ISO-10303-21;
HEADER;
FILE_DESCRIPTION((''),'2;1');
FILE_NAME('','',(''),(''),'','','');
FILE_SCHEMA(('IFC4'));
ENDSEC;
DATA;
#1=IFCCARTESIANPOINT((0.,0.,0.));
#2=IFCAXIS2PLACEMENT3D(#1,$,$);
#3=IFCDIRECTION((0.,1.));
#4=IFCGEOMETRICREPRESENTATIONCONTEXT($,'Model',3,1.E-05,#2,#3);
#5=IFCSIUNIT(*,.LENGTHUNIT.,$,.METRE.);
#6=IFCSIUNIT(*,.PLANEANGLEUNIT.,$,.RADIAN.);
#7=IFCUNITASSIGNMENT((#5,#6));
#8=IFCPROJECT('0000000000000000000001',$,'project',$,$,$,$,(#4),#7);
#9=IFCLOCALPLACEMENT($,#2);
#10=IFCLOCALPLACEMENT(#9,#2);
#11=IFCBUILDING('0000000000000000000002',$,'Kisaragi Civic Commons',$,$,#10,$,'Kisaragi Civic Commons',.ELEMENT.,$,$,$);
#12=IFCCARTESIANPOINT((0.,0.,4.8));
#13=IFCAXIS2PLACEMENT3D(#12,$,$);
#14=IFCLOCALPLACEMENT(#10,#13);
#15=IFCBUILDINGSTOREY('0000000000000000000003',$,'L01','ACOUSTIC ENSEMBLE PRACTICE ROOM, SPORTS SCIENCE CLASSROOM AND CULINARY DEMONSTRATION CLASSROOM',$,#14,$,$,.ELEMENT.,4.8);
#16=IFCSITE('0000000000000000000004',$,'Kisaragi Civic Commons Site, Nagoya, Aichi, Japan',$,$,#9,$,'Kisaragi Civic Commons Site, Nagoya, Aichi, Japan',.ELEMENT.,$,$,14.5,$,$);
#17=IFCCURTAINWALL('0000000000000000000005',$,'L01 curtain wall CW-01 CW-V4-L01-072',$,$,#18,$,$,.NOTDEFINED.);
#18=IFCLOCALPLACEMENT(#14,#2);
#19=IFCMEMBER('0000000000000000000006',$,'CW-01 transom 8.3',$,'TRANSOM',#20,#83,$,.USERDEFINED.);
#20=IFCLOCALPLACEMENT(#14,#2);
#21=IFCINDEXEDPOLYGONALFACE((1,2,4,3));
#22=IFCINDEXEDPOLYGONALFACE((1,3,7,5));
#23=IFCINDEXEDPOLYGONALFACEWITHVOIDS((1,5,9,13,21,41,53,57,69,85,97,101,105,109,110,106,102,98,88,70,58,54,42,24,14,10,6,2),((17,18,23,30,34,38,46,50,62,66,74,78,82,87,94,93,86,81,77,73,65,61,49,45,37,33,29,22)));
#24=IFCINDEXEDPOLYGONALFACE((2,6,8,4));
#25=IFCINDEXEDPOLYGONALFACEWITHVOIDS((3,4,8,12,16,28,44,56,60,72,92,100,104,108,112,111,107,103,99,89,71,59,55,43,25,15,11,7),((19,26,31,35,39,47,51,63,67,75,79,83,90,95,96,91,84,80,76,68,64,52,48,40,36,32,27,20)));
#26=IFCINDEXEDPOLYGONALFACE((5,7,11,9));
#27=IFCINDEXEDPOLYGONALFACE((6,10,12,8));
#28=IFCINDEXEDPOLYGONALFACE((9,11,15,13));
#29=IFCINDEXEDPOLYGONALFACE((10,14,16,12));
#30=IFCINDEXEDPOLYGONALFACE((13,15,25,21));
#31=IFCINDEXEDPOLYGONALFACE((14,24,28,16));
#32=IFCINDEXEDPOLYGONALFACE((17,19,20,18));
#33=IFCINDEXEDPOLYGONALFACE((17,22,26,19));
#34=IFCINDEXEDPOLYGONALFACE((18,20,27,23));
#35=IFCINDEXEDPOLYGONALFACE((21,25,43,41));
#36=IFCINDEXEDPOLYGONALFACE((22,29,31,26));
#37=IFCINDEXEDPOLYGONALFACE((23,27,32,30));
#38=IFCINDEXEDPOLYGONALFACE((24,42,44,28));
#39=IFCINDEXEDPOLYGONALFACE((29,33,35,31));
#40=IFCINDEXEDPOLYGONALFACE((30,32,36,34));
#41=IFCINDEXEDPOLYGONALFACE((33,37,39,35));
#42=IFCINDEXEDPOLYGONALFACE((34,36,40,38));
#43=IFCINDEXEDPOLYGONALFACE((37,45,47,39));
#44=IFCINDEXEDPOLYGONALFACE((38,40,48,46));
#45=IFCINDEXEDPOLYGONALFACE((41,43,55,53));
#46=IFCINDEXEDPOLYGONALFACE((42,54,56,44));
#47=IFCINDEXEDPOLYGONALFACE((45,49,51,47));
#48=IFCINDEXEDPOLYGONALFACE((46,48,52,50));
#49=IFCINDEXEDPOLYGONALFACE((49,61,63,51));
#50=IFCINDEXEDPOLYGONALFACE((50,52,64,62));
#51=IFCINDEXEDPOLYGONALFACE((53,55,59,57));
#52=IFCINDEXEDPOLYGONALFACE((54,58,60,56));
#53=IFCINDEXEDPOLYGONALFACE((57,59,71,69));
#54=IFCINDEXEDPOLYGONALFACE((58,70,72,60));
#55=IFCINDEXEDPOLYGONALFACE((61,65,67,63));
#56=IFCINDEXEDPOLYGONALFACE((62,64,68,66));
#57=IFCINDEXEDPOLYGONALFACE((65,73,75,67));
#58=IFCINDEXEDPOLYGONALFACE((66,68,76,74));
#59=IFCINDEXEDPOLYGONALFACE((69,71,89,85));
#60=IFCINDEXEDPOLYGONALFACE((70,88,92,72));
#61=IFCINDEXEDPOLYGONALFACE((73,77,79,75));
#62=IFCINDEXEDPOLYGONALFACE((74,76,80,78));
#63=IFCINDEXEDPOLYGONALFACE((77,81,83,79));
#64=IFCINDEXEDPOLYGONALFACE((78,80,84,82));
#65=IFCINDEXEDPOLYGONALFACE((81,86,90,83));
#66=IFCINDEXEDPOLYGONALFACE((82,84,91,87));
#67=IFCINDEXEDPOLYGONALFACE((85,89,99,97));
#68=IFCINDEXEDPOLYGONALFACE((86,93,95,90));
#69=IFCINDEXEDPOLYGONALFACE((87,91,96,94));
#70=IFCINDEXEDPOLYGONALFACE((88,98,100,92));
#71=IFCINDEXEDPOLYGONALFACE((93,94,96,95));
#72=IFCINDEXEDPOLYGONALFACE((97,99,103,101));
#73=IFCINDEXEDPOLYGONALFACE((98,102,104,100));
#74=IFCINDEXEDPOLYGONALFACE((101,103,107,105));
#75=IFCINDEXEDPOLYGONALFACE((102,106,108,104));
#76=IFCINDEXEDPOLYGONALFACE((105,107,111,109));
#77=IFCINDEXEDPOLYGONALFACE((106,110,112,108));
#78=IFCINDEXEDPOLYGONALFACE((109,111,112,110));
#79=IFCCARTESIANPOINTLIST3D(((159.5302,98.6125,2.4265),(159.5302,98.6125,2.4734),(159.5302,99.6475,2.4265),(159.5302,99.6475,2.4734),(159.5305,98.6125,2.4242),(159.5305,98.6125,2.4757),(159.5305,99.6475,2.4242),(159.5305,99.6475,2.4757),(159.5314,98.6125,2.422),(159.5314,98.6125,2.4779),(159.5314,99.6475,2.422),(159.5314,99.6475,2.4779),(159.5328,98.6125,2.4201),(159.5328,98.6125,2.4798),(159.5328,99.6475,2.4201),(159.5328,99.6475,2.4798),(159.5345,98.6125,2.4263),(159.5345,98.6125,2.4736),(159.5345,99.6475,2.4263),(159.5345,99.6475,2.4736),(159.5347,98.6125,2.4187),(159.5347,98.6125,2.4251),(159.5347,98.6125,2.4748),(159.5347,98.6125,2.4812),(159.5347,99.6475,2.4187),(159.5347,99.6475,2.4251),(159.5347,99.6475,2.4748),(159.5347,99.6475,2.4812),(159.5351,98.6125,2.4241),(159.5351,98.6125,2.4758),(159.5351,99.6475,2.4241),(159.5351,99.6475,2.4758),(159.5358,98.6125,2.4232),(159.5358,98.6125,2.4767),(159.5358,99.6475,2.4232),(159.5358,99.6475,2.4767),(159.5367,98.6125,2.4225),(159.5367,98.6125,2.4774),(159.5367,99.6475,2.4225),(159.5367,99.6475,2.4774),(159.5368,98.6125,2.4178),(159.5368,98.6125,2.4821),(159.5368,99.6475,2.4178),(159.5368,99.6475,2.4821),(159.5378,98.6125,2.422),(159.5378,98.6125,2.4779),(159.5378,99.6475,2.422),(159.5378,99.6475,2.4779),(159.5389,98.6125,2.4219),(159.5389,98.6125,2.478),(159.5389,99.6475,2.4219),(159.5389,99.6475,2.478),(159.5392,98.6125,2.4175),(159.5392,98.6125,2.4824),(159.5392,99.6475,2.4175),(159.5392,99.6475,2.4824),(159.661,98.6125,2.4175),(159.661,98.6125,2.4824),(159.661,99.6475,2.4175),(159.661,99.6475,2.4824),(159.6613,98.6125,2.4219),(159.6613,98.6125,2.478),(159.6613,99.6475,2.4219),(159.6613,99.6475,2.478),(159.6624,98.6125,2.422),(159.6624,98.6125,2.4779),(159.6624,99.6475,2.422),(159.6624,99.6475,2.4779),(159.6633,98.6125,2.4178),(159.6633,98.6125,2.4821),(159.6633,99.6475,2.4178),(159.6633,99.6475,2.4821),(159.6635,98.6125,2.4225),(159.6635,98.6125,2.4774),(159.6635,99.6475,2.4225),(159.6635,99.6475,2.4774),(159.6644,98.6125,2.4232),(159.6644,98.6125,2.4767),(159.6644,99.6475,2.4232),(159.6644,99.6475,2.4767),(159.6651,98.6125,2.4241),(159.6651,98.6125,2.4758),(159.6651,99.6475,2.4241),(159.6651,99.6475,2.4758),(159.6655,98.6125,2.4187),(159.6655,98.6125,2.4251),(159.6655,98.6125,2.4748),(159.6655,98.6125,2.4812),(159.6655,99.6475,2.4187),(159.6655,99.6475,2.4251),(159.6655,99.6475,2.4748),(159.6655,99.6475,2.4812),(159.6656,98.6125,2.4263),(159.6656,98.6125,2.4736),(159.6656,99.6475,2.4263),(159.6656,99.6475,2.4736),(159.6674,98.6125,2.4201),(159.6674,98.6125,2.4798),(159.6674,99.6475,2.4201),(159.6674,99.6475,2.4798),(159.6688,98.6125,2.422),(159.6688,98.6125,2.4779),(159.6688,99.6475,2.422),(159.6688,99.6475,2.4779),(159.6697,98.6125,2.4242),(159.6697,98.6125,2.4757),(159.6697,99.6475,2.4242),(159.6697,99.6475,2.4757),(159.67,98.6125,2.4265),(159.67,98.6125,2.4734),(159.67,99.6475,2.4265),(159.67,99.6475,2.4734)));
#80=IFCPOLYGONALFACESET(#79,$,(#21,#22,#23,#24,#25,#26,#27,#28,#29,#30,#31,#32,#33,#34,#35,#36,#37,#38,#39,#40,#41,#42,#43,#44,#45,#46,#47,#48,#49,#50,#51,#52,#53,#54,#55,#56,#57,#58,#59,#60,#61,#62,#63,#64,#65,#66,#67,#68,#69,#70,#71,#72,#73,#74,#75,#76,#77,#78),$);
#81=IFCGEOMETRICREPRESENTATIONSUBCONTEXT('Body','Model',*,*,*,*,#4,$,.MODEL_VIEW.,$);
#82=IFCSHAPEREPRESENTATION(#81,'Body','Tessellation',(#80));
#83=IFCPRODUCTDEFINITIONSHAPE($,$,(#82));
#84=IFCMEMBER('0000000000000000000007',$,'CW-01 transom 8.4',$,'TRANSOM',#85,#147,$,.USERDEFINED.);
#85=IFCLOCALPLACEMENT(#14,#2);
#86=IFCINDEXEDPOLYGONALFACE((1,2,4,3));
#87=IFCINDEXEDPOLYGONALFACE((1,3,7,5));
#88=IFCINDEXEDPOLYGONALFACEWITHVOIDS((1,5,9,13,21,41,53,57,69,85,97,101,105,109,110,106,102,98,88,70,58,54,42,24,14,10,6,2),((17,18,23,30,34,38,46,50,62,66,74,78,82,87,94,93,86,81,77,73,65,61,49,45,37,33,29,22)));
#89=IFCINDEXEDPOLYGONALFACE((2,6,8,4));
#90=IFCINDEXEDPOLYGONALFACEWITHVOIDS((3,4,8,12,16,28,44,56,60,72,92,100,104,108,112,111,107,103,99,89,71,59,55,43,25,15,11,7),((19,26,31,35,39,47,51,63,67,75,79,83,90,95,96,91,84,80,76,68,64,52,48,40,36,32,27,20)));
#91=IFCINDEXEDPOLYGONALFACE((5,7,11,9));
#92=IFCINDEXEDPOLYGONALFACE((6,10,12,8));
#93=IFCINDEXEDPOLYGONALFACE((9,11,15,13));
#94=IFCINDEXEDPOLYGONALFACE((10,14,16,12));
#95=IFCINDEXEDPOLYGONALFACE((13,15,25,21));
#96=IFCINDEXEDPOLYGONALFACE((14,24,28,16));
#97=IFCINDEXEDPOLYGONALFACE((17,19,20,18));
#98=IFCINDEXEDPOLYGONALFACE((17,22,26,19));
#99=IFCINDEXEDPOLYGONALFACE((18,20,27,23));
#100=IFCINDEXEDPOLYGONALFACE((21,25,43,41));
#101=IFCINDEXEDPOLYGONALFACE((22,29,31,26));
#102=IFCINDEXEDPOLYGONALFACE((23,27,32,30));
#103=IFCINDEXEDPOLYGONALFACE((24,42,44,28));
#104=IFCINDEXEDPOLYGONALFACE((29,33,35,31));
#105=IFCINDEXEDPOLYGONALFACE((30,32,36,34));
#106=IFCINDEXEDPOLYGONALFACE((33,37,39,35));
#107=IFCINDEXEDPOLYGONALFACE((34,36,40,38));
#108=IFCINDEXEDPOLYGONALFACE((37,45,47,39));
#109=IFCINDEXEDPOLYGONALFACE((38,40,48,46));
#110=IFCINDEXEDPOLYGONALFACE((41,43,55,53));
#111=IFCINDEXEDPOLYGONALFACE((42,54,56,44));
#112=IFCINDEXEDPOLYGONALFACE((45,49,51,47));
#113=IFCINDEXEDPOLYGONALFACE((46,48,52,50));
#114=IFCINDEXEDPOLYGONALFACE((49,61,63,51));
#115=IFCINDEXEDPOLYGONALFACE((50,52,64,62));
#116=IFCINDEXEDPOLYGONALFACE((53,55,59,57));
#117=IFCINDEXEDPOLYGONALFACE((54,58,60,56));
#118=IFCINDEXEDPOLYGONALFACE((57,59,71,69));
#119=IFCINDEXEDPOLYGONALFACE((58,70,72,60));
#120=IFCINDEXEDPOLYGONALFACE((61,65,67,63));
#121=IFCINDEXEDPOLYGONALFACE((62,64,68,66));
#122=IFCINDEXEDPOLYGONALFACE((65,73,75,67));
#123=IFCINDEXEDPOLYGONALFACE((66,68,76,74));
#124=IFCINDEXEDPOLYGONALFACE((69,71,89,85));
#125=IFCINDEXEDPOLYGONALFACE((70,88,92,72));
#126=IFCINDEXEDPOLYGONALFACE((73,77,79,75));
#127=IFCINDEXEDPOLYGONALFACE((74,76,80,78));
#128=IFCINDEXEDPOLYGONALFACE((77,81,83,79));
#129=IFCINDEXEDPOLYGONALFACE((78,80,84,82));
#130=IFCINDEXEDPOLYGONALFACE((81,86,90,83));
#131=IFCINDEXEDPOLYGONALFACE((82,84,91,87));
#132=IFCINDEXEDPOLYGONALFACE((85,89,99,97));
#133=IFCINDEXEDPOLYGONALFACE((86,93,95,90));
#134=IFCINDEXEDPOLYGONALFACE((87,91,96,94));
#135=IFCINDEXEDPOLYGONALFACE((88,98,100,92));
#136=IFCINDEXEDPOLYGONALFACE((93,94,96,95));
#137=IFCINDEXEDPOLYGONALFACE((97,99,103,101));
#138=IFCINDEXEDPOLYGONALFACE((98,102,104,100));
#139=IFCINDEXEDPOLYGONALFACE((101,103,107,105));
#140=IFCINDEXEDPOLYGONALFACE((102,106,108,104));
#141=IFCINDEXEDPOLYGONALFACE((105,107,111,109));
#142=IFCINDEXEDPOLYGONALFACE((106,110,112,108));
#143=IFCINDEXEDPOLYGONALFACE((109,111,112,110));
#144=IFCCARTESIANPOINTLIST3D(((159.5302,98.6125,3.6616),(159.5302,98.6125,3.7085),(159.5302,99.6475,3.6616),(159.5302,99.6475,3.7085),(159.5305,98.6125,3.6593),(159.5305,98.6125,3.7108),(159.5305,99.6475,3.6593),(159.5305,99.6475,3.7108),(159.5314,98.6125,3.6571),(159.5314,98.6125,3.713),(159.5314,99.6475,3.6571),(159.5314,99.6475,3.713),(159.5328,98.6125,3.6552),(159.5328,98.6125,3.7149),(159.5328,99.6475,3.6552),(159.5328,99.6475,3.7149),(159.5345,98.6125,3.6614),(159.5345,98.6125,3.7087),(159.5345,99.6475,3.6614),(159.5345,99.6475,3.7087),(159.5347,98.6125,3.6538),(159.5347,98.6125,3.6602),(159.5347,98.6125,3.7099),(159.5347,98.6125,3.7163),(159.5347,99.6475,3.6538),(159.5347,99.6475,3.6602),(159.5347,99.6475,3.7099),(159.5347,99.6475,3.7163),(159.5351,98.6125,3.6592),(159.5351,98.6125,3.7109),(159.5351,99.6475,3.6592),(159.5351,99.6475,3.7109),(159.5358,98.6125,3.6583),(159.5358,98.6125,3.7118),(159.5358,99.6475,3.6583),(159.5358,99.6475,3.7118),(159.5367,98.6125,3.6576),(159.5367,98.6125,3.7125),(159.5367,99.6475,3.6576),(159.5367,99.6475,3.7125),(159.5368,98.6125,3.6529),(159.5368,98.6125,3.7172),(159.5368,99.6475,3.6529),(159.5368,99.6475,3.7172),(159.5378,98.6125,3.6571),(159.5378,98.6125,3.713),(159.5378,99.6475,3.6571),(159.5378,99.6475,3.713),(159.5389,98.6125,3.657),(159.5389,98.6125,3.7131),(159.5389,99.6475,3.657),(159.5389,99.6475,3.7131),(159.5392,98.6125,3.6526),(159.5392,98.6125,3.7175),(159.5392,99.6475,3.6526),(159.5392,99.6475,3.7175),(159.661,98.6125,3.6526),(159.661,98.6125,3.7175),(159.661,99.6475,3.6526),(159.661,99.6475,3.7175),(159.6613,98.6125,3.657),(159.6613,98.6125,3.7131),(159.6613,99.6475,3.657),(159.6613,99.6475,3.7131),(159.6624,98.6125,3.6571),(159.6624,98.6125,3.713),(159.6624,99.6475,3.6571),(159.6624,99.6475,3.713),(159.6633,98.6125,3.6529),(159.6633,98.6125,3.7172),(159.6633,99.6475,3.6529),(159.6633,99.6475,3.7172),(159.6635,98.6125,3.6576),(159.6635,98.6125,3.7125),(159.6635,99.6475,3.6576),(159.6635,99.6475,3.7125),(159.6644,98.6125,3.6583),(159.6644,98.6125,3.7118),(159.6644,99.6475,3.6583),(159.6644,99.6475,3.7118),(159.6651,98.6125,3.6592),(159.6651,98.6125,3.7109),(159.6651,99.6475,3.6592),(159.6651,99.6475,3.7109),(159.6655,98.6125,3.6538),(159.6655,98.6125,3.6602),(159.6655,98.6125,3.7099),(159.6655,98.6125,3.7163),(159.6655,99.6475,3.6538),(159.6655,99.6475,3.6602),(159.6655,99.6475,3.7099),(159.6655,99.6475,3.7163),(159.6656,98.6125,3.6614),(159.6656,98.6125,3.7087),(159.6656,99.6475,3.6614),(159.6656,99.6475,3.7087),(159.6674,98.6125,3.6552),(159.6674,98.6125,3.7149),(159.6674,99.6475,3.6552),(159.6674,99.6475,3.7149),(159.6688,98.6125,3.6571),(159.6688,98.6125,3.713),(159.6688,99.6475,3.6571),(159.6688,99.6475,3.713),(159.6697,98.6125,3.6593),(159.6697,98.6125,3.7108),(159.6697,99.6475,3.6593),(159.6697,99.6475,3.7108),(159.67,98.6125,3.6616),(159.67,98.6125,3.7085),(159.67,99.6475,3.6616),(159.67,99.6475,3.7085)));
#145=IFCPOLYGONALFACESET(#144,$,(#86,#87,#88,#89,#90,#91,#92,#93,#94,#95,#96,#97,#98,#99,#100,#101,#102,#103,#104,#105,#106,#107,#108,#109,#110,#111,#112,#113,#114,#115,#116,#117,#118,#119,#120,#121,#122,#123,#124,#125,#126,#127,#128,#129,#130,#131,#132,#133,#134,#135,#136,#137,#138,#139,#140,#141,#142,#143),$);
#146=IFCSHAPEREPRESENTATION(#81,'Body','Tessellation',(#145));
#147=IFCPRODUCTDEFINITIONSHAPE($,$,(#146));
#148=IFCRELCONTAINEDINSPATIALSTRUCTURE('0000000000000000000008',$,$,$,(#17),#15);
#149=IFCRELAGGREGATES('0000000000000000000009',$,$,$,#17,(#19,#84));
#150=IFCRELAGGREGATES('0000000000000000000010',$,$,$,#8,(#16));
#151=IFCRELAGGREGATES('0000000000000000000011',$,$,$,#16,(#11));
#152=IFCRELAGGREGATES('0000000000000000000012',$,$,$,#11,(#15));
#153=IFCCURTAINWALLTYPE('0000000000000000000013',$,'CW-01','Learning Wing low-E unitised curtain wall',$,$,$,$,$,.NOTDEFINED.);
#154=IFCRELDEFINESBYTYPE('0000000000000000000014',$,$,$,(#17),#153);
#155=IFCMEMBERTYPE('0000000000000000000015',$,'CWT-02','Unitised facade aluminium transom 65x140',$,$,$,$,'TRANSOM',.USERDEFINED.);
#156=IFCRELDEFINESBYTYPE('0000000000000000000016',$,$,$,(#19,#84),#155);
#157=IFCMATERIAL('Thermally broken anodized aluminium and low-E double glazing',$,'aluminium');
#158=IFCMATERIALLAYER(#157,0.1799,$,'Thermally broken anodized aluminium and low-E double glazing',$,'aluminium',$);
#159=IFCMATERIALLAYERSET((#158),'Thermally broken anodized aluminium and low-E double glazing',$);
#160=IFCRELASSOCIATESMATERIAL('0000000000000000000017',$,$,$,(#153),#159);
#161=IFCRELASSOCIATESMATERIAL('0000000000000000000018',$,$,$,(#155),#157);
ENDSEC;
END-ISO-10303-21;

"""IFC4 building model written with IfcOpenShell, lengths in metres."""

from ifc_helpers import new_model, si_unit, direction, frame, origin, origin_2d, place, context, subcontext, project, spatial, hollow_rectangle, extrude, material, layer, layer_set, material_profile, profile_set, type_object, element, aggregate, save


model = new_model("IFC4")

# Units and contexts
model_context = context("Model", 3, precision=1e-05, world=origin(), true_north=direction((0.0, 1.0)))
body_context = subcontext(model_context, "Body", "Model", "MODEL_VIEW")
ifc_project = project(units=[si_unit("LENGTHUNIT", "METRE"), si_unit("PLANEANGLEUNIT", "RADIAN")], contexts=[model_context])

# Site, building, storey
site_placement = place(None, origin())
site = spatial("IfcSite", under=ifc_project, at=site_placement, Name="Kisaragi Civic Commons Site, Nagoya, Aichi, Japan", LongName="Kisaragi Civic Commons Site, Nagoya, Aichi, Japan", CompositionType="ELEMENT", RefElevation=14.5)
building_placement = place(site_placement, origin())
building = spatial("IfcBuilding", under=site, at=building_placement, Name="Kisaragi Civic Commons", LongName="Kisaragi Civic Commons", CompositionType="ELEMENT")
storey_placement = place(building_placement, frame((0.0, 0.0, 4.8)))
storey = spatial("IfcBuildingStorey", under=building, at=storey_placement, Name="L01", Description="ACOUSTIC ENSEMBLE PRACTICE ROOM, SPORTS SCIENCE CLASSROOM AND CULINARY DEMONSTRATION CLASSROOM", CompositionType="ELEMENT", Elevation=4.8)

# Curtain wall, members
ifc_material = material(Name="Thermally broken anodized aluminium and low-E double glazing", Category="aluminium")
ifc_layer_1 = layer(ifc_material, 0.1799, Name="Thermally broken anodized aluminium and low-E double glazing", Category="aluminium")
ifc_layer_set_1 = layer_set([ifc_layer_1], Name="Thermally broken anodized aluminium and low-E double glazing")
curtain_wall_type = type_object("IfcCurtainWallType", Name="CW-01", Description="Learning Wing low-E unitised curtain wall", PredefinedType="NOTDEFINED", material=ifc_layer_set_1)
curtain_wall_placement = place(storey_placement, origin())
curtain_wall = element("IfcCurtainWall", 1, at=curtain_wall_placement, inside=storey, type_object=curtain_wall_type, Name="L01 curtain wall CW-01 CW-V4-L01-072", PredefinedType="NOTDEFINED")
ifc_material_profile_1 = material_profile(ifc_material, hollow_rectangle(XDim=0.1399, YDim=0.0649, WallThickness=0.0044, InnerFilletRadius=0.0044, OuterFilletRadius=0.009, at=origin_2d()), Name="CWT-65x140x4.5", Category="aluminium")
ifc_profile_set_1 = profile_set([ifc_material_profile_1], Name="Thermally broken anodized aluminium and low-E double glazing")
member_type_1 = type_object("IfcMemberType", Name="CWT-02", Description="Unitised facade aluminium transom 65x140", ElementType="TRANSOM", PredefinedType="USERDEFINED", material=ifc_profile_set_1)
member_1_placement = place(storey_placement, frame((159.6001, 99.6475, 2.45), z_axis=(0.0, -1.0, 0.0), x_axis=(1.0, 0.0, 0.0)))
member_1 = element("IfcMember", 2, at=member_1_placement, type_object=member_type_1, Name="CW-01 transom 8.3", ObjectType="TRANSOM", PredefinedType="USERDEFINED", context=body_context, shape_type="SweptSolid", body=[
    extrude(hollow_rectangle(XDim=0.1399, YDim=0.0649, WallThickness=0.0044, InnerFilletRadius=0.0044, OuterFilletRadius=0.009, at=origin_2d()), origin(), (0.0, 0.0, 1.0), 1.0349),
])
member_2_placement = place(storey_placement, frame((159.6001, 99.6475, 3.6851), z_axis=(0.0, -1.0, 0.0), x_axis=(1.0, 0.0, 0.0)))
member_2 = element("IfcMember", 3, at=member_2_placement, type_object=member_type_1, Name="CW-01 transom 8.4", ObjectType="TRANSOM", PredefinedType="USERDEFINED", context=body_context, shape_type="SweptSolid", body=[
    extrude(hollow_rectangle(XDim=0.1399, YDim=0.0649, WallThickness=0.0044, InnerFilletRadius=0.0044, OuterFilletRadius=0.009, at=origin_2d()), origin(), (0.0, 0.0, 1.0), 1.0349),
])
aggregate(curtain_wall, [member_1, member_2])

save(model, "model.ifc")
